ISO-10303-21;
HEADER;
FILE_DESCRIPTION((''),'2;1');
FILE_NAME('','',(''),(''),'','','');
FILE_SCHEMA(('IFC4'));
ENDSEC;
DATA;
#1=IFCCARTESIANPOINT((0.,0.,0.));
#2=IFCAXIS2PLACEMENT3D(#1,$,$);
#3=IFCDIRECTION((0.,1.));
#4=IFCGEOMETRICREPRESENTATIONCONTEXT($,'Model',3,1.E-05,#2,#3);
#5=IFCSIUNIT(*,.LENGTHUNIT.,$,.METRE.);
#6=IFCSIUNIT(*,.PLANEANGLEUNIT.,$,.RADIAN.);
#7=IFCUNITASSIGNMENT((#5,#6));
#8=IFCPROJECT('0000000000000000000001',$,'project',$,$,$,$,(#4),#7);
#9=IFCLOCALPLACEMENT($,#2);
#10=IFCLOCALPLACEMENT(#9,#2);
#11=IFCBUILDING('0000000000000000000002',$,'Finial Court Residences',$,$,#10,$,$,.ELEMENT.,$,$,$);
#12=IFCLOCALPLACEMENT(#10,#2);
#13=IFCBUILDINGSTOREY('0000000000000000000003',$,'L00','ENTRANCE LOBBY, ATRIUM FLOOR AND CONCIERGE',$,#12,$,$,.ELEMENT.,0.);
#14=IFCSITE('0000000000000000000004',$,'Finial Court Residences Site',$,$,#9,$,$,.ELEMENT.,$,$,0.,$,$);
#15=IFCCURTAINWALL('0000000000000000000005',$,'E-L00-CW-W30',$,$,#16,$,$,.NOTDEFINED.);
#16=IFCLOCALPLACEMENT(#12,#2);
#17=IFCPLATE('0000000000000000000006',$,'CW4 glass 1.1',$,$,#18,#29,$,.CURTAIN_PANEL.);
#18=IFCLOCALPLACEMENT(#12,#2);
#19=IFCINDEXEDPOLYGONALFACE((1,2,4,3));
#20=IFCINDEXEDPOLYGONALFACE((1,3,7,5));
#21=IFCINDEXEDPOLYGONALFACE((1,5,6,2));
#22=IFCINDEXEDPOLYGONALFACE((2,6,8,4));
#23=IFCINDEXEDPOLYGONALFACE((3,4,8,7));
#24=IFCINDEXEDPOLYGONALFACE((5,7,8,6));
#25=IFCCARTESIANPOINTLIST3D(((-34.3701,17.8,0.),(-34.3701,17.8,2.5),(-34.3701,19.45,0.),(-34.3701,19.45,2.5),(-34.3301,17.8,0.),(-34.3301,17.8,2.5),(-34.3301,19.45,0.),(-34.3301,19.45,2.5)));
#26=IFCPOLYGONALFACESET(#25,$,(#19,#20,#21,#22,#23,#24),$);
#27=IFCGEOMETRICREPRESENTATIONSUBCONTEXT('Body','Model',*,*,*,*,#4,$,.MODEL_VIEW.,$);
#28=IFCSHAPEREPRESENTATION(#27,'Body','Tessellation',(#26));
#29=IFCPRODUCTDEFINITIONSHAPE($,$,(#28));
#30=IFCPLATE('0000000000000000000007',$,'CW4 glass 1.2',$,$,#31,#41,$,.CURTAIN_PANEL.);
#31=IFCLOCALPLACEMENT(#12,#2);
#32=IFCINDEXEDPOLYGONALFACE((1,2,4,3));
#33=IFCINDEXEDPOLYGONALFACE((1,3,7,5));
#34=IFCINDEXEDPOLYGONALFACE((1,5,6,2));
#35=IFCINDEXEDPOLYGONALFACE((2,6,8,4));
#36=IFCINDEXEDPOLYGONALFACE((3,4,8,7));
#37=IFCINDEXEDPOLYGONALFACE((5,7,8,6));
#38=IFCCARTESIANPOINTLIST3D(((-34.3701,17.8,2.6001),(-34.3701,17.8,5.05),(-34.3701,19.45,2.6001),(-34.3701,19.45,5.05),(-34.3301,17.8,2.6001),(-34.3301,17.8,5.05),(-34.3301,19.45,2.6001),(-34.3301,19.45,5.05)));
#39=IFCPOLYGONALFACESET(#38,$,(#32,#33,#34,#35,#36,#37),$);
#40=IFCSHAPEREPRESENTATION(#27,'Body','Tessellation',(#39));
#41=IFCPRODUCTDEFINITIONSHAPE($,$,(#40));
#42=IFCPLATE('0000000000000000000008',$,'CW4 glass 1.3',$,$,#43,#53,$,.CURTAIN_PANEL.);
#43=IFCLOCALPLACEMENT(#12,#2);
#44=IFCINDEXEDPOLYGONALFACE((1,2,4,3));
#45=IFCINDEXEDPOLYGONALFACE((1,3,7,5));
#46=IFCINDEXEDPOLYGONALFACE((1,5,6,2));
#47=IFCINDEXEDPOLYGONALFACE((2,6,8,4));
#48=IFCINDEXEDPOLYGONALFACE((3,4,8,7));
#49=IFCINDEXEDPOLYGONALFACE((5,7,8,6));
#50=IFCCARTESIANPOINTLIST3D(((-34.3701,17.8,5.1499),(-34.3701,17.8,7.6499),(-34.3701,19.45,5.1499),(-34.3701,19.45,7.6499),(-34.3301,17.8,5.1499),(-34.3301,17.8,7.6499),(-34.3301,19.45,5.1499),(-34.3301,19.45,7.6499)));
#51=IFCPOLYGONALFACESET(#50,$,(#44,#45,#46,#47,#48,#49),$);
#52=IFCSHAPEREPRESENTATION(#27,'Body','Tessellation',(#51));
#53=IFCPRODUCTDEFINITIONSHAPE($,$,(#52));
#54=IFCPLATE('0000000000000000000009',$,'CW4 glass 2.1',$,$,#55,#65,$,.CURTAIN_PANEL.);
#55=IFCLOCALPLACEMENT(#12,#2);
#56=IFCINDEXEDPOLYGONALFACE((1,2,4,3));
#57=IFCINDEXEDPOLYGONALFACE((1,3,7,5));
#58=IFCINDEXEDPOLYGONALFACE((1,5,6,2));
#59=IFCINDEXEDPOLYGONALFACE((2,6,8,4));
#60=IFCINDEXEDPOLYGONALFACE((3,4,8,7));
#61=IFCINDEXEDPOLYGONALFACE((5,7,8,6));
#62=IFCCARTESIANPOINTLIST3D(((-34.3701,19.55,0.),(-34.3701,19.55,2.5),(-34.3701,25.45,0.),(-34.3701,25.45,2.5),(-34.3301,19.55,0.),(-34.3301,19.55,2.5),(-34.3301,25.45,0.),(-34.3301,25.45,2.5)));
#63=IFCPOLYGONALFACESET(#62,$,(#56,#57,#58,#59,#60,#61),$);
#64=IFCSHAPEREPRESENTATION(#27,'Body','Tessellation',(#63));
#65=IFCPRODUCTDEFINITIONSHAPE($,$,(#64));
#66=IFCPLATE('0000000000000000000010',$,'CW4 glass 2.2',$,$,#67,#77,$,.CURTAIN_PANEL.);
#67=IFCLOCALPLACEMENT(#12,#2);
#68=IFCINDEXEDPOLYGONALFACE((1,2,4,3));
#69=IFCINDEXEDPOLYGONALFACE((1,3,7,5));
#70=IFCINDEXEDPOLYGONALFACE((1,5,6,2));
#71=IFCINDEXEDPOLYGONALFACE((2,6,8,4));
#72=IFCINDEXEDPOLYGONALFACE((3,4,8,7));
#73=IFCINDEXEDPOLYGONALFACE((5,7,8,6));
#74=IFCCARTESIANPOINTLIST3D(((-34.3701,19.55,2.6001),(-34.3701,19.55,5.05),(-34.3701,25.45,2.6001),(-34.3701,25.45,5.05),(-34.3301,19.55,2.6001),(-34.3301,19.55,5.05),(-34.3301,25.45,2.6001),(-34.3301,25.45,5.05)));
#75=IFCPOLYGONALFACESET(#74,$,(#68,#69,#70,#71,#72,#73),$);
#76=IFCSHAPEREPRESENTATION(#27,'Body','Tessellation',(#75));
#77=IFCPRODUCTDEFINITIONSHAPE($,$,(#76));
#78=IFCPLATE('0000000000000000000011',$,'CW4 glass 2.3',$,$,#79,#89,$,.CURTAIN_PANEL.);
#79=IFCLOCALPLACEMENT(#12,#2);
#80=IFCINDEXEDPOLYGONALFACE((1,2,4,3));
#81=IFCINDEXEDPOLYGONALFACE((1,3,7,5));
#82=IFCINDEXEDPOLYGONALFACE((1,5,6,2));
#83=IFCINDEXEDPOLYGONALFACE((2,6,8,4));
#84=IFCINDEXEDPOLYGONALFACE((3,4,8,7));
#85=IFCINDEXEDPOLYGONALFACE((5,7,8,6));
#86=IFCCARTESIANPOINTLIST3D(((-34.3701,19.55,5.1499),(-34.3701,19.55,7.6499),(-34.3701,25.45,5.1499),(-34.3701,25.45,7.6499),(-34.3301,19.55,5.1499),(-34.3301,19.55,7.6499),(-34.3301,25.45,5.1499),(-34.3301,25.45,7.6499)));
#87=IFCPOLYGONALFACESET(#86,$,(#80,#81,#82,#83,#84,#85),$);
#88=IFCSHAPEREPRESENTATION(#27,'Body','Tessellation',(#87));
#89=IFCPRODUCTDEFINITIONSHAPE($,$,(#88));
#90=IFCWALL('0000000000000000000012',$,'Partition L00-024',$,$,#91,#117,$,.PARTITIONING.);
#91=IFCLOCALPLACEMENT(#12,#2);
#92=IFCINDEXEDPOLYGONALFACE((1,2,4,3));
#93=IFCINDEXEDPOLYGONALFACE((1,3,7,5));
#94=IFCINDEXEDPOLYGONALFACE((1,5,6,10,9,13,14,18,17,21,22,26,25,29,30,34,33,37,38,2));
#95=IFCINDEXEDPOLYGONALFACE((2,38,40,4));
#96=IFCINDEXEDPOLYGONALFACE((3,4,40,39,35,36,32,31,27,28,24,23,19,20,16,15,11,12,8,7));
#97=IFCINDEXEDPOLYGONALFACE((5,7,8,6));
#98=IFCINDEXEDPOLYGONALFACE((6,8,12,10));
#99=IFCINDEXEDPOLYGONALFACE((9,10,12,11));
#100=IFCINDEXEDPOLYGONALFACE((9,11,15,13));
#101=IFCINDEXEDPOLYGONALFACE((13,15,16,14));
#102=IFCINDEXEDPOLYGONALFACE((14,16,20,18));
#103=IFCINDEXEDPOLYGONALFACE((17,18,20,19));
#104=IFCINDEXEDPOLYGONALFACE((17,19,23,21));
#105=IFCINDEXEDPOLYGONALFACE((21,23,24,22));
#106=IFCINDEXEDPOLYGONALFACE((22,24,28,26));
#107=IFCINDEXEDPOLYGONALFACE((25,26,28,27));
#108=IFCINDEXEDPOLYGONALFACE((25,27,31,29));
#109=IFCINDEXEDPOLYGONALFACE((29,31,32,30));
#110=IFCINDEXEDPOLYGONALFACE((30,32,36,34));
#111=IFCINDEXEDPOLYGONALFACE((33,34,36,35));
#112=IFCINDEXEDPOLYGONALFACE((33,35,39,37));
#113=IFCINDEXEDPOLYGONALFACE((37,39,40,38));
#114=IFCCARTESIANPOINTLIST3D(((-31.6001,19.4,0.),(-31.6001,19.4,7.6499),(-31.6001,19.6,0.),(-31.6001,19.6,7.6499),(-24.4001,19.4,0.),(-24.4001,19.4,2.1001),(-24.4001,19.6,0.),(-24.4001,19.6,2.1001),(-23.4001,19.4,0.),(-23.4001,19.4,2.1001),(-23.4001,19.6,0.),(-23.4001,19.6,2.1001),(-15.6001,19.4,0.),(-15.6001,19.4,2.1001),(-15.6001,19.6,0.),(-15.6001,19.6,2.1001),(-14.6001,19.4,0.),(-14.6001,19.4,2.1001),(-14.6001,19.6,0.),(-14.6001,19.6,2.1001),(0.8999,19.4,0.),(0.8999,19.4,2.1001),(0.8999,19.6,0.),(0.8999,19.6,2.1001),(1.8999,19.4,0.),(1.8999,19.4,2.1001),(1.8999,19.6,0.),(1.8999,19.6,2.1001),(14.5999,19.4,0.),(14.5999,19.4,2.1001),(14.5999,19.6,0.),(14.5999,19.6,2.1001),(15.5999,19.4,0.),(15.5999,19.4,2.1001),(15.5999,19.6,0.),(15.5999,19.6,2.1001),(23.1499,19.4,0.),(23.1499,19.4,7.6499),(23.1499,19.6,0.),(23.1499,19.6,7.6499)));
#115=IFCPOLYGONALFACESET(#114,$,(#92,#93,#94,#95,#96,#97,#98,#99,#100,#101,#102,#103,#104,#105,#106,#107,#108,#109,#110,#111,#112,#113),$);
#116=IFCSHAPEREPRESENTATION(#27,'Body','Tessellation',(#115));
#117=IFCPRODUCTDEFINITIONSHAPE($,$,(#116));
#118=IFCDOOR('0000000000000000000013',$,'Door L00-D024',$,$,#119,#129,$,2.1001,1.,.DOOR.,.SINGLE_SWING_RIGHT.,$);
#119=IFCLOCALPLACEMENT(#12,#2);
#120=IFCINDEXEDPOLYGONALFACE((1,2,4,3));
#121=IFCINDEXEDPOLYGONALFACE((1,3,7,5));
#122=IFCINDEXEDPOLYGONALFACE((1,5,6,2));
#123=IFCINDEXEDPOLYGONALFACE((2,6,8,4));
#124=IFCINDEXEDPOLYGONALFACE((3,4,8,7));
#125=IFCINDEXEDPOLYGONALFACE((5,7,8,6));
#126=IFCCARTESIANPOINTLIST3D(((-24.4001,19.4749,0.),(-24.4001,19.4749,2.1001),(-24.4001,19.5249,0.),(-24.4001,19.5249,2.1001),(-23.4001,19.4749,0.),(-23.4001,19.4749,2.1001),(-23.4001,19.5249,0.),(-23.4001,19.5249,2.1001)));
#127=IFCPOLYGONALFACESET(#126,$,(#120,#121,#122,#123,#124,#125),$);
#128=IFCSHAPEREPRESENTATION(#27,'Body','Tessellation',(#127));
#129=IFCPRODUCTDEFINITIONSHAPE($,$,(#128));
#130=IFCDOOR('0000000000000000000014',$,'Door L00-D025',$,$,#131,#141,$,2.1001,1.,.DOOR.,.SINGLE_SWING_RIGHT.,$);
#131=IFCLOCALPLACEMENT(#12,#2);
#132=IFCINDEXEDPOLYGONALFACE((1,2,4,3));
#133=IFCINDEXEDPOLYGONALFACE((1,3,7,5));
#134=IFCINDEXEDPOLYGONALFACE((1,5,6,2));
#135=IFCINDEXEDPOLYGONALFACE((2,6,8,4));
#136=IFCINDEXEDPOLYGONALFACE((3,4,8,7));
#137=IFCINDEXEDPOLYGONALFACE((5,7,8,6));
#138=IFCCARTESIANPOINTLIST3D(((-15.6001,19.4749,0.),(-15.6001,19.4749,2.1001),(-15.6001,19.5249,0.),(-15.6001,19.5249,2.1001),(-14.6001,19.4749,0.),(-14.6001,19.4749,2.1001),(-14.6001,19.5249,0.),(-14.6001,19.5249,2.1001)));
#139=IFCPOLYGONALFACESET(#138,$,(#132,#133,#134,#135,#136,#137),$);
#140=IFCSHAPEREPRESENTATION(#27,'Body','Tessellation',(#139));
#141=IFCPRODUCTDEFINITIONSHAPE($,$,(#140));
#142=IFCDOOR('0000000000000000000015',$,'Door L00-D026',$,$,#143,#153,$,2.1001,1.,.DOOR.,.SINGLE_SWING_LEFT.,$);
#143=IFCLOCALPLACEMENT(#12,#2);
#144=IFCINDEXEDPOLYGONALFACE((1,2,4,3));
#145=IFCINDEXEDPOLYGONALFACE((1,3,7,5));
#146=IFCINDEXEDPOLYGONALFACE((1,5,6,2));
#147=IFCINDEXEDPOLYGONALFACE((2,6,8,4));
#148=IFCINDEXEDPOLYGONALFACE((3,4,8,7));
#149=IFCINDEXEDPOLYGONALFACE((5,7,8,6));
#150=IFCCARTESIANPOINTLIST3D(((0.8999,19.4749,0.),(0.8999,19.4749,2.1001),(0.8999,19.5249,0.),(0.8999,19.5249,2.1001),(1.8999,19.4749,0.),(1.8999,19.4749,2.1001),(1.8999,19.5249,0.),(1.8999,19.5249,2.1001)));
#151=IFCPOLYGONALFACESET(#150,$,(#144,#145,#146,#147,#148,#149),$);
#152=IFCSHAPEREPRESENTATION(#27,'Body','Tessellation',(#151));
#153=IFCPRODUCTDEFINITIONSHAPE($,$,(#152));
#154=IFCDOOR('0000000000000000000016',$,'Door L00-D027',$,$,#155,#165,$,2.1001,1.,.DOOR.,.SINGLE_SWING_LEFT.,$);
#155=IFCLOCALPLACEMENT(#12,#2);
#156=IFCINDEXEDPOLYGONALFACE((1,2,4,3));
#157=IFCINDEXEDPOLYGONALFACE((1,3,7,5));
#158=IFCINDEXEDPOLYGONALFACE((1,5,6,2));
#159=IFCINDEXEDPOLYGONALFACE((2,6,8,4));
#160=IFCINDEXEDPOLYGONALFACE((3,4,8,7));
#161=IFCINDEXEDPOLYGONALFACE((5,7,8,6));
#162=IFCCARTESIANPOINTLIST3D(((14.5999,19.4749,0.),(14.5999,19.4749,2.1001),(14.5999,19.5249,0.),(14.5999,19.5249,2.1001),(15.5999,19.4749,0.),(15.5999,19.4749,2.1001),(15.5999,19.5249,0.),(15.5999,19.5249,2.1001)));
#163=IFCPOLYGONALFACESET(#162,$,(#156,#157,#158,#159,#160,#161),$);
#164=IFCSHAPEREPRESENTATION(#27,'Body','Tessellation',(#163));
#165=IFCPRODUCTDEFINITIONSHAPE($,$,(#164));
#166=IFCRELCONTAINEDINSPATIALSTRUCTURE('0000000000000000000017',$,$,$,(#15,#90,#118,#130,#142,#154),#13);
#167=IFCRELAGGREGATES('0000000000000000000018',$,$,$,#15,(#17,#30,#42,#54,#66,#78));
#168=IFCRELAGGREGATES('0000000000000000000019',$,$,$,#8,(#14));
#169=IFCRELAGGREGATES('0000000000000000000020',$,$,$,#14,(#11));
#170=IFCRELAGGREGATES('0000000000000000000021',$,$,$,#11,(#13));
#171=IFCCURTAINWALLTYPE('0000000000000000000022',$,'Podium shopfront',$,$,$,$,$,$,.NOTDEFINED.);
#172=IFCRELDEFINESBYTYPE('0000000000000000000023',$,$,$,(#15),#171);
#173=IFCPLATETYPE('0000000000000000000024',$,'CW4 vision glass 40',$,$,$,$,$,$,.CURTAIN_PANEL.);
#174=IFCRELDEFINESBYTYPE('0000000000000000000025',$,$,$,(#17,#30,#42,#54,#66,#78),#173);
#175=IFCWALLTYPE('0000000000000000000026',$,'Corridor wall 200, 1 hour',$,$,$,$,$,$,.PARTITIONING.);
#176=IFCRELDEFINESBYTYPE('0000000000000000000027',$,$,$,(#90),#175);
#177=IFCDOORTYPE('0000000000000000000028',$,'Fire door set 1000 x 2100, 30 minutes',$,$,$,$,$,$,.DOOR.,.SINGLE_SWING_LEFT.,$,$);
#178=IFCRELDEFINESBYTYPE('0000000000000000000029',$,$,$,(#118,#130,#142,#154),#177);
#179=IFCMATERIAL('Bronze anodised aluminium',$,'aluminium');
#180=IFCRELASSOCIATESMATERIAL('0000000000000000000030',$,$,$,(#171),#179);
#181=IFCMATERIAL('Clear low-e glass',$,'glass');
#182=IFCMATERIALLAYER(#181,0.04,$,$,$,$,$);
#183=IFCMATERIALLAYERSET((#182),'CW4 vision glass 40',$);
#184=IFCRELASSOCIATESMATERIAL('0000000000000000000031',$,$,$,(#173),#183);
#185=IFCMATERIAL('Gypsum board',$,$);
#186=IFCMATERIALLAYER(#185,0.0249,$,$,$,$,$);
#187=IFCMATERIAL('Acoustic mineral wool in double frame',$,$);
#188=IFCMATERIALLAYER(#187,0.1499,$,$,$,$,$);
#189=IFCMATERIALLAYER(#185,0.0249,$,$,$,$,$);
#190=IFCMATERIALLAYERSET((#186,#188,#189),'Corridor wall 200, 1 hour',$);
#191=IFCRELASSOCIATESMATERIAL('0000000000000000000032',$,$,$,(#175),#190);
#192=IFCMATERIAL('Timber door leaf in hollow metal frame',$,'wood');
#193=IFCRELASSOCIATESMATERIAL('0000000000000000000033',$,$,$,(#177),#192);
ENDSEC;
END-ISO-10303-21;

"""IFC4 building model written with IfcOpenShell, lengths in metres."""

from ifc_helpers import new_model, si_unit, direction, frame, frame_2d, origin, origin_2d, place, context, subcontext, project, spatial, rectangle, extrude, material, layer, layer_set, type_object, element, fill, aggregate, save


model = new_model("IFC4")

# Units and contexts
model_context = context("Model", 3, precision=1e-05, world=origin(), true_north=direction((0.0, 1.0)))
body_context = subcontext(model_context, "Body", "Model", "MODEL_VIEW")
ifc_project = project(units=[si_unit("LENGTHUNIT", "METRE"), si_unit("PLANEANGLEUNIT", "RADIAN")], contexts=[model_context])

# Site, building, storey
site_placement = place(None, origin())
site = spatial("IfcSite", under=ifc_project, at=site_placement, Name="Finial Court Residences Site", CompositionType="ELEMENT", RefElevation=0.0)
building_placement = place(site_placement, origin())
building = spatial("IfcBuilding", under=site, at=building_placement, Name="Finial Court Residences", CompositionType="ELEMENT")
storey_placement = place(building_placement, origin())
storey = spatial("IfcBuildingStorey", under=building, at=storey_placement, Name="L00", Description="ENTRANCE LOBBY, ATRIUM FLOOR AND CONCIERGE", CompositionType="ELEMENT", Elevation=0.0)

# Shared definitions
ifc_material_1 = material(Name="Bronze anodised aluminium", Category="aluminium")
curtain_wall_type = type_object("IfcCurtainWallType", Name="Podium shopfront", PredefinedType="NOTDEFINED", material=ifc_material_1)

# Curtain wall
curtain_wall_1_placement = place(storey_placement, origin())
curtain_wall_1 = element("IfcCurtainWall", 1, at=curtain_wall_1_placement, inside=storey, type_object=curtain_wall_type, Name="E-L00-CW-W30", PredefinedType="NOTDEFINED")

# Plates
ifc_material_2 = material(Name="Clear low-e glass", Category="glass")
ifc_layer_1 = layer(ifc_material_2, 0.04)
ifc_layer_set_1 = layer_set([ifc_layer_1], Name="CW4 vision glass 40")
plate_type = type_object("IfcPlateType", Name="CW4 vision glass 40", PredefinedType="CURTAIN_PANEL", material=ifc_layer_set_1)
plate_1_placement = place(storey_placement, frame((-34.3501, 18.625, 0.0), z_axis=(0.0, 0.0, 1.0), x_axis=(0.0, 1.0, 0.0)))
plate_1 = element("IfcPlate", 2, at=plate_1_placement, type_object=plate_type, Name="CW4 glass 1.1", PredefinedType="CURTAIN_PANEL", context=body_context, shape_type="SweptSolid", body=[
    extrude(rectangle(XDim=1.6499, YDim=0.04, at=origin_2d()), origin(), (0.0, 0.0, 1.0), 2.5),
])
plate_2_placement = place(storey_placement, frame((-34.3501, 18.625, 2.6001), z_axis=(0.0, 0.0, 1.0), x_axis=(0.0, 1.0, 0.0)))
plate_2 = element("IfcPlate", 3, at=plate_2_placement, type_object=plate_type, Name="CW4 glass 1.2", PredefinedType="CURTAIN_PANEL", context=body_context, shape_type="SweptSolid", body=[
    extrude(rectangle(XDim=1.6499, YDim=0.04, at=origin_2d()), origin(), (0.0, 0.0, 1.0), 2.45),
])
plate_3_placement = place(storey_placement, frame((-34.3501, 18.625, 5.1499), z_axis=(0.0, 0.0, 1.0), x_axis=(0.0, 1.0, 0.0)))
plate_3 = element("IfcPlate", 4, at=plate_3_placement, type_object=plate_type, Name="CW4 glass 1.3", PredefinedType="CURTAIN_PANEL", context=body_context, shape_type="SweptSolid", body=[
    extrude(rectangle(XDim=1.6499, YDim=0.04, at=origin_2d()), origin(), (0.0, 0.0, 1.0), 2.5),
])
plate_4_placement = place(storey_placement, frame((-34.3501, 22.5, 0.0), z_axis=(0.0, 0.0, 1.0), x_axis=(0.0, 1.0, 0.0)))
plate_4 = element("IfcPlate", 5, at=plate_4_placement, type_object=plate_type, Name="CW4 glass 2.1", PredefinedType="CURTAIN_PANEL", context=body_context, shape_type="SweptSolid", body=[
    extrude(rectangle(XDim=5.8999, YDim=0.04, at=origin_2d()), origin(), (0.0, 0.0, 1.0), 2.5),
])
plate_5_placement = place(storey_placement, frame((-34.3501, 22.5, 2.6001), z_axis=(0.0, 0.0, 1.0), x_axis=(0.0, 1.0, 0.0)))
plate_5 = element("IfcPlate", 6, at=plate_5_placement, type_object=plate_type, Name="CW4 glass 2.2", PredefinedType="CURTAIN_PANEL", context=body_context, shape_type="SweptSolid", body=[
    extrude(rectangle(XDim=5.8999, YDim=0.04, at=origin_2d()), origin(), (0.0, 0.0, 1.0), 2.45),
])
plate_6_placement = place(storey_placement, frame((-34.3501, 22.5, 5.1499), z_axis=(0.0, 0.0, 1.0), x_axis=(0.0, 1.0, 0.0)))
plate_6 = element("IfcPlate", 7, at=plate_6_placement, type_object=plate_type, Name="CW4 glass 2.3", PredefinedType="CURTAIN_PANEL", context=body_context, shape_type="SweptSolid", body=[
    extrude(rectangle(XDim=5.8999, YDim=0.04, at=origin_2d()), origin(), (0.0, 0.0, 1.0), 2.5),
])
aggregate(curtain_wall_1, [plate_1, plate_2, plate_3, plate_4, plate_5, plate_6])

# Wall, openings, doors
ifc_material_3 = material(Name="Gypsum board")
ifc_layer_2 = layer(ifc_material_3, 0.0249)
ifc_material_4 = material(Name="Acoustic mineral wool in double frame")
ifc_layer_3 = layer(ifc_material_4, 0.1499)
ifc_layer_4 = layer(ifc_material_3, 0.0249)
ifc_layer_set_2 = layer_set([ifc_layer_2, ifc_layer_3, ifc_layer_4], Name="Corridor wall 200, 1 hour")
wall_type_1 = type_object("IfcWallType", Name="Corridor wall 200, 1 hour", PredefinedType="PARTITIONING", material=ifc_layer_set_2)
wall_1_placement = place(storey_placement, frame((-31.6001, 19.5, 0.0), z_axis=(0.0, 0.0, 1.0), x_axis=(1.0, 0.0, 0.0)))
wall_1 = element("IfcWall", 8, at=wall_1_placement, inside=storey, type_object=wall_type_1, Name="Partition L00-024", PredefinedType="PARTITIONING", context=body_context, shape_type="SweptSolid", body=[
    extrude(rectangle(XDim=54.75, YDim=0.2, at=frame_2d((27.375, 0.0))), origin(), (0.0, 0.0, 1.0), 7.6499),
])
opening_1_placement = place(wall_1_placement, frame((7.2, 0.0, 0.0)))
opening_1 = element("IfcOpeningElement", 9, at=opening_1_placement, cuts=wall_1, PredefinedType="OPENING", context=body_context, shape_type="SweptSolid", body=[
    extrude(rectangle(XDim=1.0, YDim=2.1001, at=frame_2d((0.5, 1.05))), frame((0.0, 0.1099, 0.0), z_axis=(0.0, -1.0, 0.0), x_axis=(1.0, 0.0, 0.0)), (0.0, 0.0, 1.0), 0.22),
])
opening_2_placement = place(wall_1_placement, frame((16.0, 0.0, 0.0)))
opening_2 = element("IfcOpeningElement", 10, at=opening_2_placement, cuts=wall_1, PredefinedType="OPENING", context=body_context, shape_type="SweptSolid", body=[
    extrude(rectangle(XDim=1.0, YDim=2.1001, at=frame_2d((0.5, 1.05))), frame((0.0, 0.1099, 0.0), z_axis=(0.0, -1.0, 0.0), x_axis=(1.0, 0.0, 0.0)), (0.0, 0.0, 1.0), 0.22),
])
opening_3_placement = place(wall_1_placement, frame((32.5, 0.0, 0.0)))
opening_3 = element("IfcOpeningElement", 11, at=opening_3_placement, cuts=wall_1, PredefinedType="OPENING", context=body_context, shape_type="SweptSolid", body=[
    extrude(rectangle(XDim=1.0, YDim=2.1001, at=frame_2d((0.5, 1.05))), frame((0.0, 0.1099, 0.0), z_axis=(0.0, -1.0, 0.0), x_axis=(1.0, 0.0, 0.0)), (0.0, 0.0, 1.0), 0.22),
])
opening_4_placement = place(wall_1_placement, frame((46.2, 0.0, 0.0)))
opening_4 = element("IfcOpeningElement", 12, at=opening_4_placement, cuts=wall_1, PredefinedType="OPENING", context=body_context, shape_type="SweptSolid", body=[
    extrude(rectangle(XDim=1.0, YDim=2.1001, at=frame_2d((0.5, 1.05))), frame((0.0, 0.1099, 0.0), z_axis=(0.0, -1.0, 0.0), x_axis=(1.0, 0.0, 0.0)), (0.0, 0.0, 1.0), 0.22),
])
ifc_material_5 = material(Name="Timber door leaf in hollow metal frame", Category="wood")
door_type_1 = type_object("IfcDoorType", Name="Fire door set 1000 x 2100, 30 minutes", OperationType="SINGLE_SWING_LEFT", PredefinedType="DOOR", material=ifc_material_5)
door_1_placement = place(opening_1_placement, origin())
door_1 = element("IfcDoor", 13, at=door_1_placement, inside=storey, type_object=door_type_1, Name="Door L00-D024", OperationType="SINGLE_SWING_RIGHT", OverallHeight=2.1001, OverallWidth=1.0, PredefinedType="DOOR", context=body_context, shape_type="SweptSolid", body=[
    extrude(rectangle(XDim=1.0, YDim=2.1001, at=frame_2d((0.5, 1.05))), frame((0.0, 0.0249, 0.0), z_axis=(0.0, -1.0, 0.0), x_axis=(1.0, 0.0, 0.0)), (0.0, 0.0, 1.0), 0.05),
])
fill(opening_1, door_1)
door_2_placement = place(opening_2_placement, origin())
door_2 = element("IfcDoor", 14, at=door_2_placement, inside=storey, type_object=door_type_1, Name="Door L00-D025", OperationType="SINGLE_SWING_RIGHT", OverallHeight=2.1001, OverallWidth=1.0, PredefinedType="DOOR", context=body_context, shape_type="SweptSolid", body=[
    extrude(rectangle(XDim=1.0, YDim=2.1001, at=frame_2d((0.5, 1.05))), frame((0.0, 0.0249, 0.0), z_axis=(0.0, -1.0, 0.0), x_axis=(1.0, 0.0, 0.0)), (0.0, 0.0, 1.0), 0.05),
])
fill(opening_2, door_2)
door_3_placement = place(opening_3_placement, origin())
door_3 = element("IfcDoor", 15, at=door_3_placement, inside=storey, type_object=door_type_1, Name="Door L00-D026", OperationType="SINGLE_SWING_LEFT", OverallHeight=2.1001, OverallWidth=1.0, PredefinedType="DOOR", context=body_context, shape_type="SweptSolid", body=[
    extrude(rectangle(XDim=1.0, YDim=2.1001, at=frame_2d((0.5, 1.05))), frame((0.0, 0.0249, 0.0), z_axis=(0.0, -1.0, 0.0), x_axis=(1.0, 0.0, 0.0)), (0.0, 0.0, 1.0), 0.05),
])
fill(opening_3, door_3)
door_4_placement = place(opening_4_placement, origin())
door_4 = element("IfcDoor", 16, at=door_4_placement, inside=storey, type_object=door_type_1, Name="Door L00-D027", OperationType="SINGLE_SWING_LEFT", OverallHeight=2.1001, OverallWidth=1.0, PredefinedType="DOOR", context=body_context, shape_type="SweptSolid", body=[
    extrude(rectangle(XDim=1.0, YDim=2.1001, at=frame_2d((0.5, 1.05))), frame((0.0, 0.0249, 0.0), z_axis=(0.0, -1.0, 0.0), x_axis=(1.0, 0.0, 0.0)), (0.0, 0.0, 1.0), 0.05),
])
fill(opening_4, door_4)

save(model, "model.ifc")
